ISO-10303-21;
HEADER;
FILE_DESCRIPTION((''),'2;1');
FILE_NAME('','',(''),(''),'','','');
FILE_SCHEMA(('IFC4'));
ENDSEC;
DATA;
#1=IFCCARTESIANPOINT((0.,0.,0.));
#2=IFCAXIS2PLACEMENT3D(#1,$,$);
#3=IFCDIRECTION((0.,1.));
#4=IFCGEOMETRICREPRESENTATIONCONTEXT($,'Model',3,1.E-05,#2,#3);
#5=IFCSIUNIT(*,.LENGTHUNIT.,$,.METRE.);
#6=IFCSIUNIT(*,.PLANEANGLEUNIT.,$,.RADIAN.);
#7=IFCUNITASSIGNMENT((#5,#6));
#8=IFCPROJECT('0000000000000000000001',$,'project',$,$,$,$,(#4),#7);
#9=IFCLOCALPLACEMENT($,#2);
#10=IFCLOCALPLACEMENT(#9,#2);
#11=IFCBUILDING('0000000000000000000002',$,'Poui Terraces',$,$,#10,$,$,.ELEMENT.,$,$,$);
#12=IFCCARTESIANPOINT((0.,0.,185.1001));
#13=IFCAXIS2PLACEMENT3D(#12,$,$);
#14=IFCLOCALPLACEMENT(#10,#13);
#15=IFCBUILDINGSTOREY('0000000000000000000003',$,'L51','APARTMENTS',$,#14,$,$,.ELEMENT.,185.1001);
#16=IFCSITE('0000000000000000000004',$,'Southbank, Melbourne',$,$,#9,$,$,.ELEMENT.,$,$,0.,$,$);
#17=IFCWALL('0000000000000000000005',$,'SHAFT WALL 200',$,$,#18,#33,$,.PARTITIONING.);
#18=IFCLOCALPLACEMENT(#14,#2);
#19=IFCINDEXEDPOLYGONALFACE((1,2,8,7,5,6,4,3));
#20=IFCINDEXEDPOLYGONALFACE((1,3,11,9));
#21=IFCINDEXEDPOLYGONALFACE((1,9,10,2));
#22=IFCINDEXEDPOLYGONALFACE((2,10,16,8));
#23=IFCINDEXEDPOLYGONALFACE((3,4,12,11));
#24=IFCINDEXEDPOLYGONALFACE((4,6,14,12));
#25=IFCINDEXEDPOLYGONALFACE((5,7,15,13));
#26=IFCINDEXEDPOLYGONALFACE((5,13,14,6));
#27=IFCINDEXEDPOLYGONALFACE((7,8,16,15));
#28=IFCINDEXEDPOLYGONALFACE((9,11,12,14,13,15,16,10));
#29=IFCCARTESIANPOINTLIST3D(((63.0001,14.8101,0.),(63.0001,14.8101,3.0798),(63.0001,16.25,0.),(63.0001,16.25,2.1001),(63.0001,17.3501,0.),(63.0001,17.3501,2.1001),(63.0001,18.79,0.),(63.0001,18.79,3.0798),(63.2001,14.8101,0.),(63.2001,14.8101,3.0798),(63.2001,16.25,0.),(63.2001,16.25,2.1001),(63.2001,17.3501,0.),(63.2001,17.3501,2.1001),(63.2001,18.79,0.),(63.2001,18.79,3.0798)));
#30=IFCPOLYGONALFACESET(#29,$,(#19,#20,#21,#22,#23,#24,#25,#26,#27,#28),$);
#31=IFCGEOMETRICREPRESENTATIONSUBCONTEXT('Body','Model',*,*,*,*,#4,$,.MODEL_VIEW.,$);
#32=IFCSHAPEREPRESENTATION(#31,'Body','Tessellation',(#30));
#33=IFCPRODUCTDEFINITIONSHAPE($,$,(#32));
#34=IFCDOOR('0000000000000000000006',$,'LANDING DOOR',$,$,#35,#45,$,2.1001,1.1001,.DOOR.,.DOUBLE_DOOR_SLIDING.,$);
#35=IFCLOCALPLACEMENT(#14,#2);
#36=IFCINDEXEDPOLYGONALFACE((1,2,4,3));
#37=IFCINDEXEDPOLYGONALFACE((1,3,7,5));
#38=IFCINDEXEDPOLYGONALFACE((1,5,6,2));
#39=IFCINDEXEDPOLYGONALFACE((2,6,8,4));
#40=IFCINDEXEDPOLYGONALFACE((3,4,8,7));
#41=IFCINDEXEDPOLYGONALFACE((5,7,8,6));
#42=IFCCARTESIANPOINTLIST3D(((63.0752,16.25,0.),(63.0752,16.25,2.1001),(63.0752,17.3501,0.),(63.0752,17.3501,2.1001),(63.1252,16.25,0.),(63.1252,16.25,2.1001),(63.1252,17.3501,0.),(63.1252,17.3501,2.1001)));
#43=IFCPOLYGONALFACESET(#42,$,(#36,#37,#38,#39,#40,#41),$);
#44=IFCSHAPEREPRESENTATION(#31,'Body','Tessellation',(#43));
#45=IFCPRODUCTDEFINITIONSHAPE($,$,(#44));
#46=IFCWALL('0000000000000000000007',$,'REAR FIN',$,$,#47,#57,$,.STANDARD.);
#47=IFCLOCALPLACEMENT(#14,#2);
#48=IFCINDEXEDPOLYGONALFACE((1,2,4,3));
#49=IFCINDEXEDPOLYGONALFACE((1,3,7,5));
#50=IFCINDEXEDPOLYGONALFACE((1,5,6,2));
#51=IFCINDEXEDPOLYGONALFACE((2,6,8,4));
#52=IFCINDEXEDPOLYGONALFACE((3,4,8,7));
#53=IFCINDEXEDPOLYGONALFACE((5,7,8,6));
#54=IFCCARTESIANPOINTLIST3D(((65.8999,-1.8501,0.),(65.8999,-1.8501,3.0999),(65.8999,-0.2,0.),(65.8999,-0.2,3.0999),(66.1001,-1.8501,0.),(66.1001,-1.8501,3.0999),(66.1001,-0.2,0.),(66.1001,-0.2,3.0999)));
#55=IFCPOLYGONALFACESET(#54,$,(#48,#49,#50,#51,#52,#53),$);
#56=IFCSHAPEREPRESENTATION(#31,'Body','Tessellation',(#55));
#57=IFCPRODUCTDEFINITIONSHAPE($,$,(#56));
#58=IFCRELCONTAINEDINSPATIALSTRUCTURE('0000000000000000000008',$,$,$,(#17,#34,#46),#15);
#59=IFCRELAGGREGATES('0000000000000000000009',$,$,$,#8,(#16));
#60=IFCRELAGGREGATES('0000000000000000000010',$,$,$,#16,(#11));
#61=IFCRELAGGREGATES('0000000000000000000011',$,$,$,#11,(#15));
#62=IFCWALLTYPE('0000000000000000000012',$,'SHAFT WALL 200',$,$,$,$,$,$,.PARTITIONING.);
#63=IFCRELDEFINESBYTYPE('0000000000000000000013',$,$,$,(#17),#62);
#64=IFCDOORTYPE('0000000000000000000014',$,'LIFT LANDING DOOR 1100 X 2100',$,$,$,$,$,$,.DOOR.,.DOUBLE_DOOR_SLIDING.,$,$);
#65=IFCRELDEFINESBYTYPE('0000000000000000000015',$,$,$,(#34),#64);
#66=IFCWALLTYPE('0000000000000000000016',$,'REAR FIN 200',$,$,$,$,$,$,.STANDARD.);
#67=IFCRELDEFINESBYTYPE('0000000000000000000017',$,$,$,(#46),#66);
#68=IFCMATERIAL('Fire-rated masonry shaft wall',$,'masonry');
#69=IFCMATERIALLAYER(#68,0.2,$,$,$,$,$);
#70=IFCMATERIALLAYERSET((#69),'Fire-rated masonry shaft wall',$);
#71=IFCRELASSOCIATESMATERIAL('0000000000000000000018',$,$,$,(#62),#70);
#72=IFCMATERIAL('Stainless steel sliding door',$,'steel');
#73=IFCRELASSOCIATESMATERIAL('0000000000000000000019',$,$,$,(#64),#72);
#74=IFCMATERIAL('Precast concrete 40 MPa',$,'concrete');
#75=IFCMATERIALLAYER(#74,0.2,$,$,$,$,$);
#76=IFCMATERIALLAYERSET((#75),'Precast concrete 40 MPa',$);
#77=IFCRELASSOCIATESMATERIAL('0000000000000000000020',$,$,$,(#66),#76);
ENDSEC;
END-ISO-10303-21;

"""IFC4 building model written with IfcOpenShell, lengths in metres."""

from ifc_helpers import new_model, si_unit, direction, frame, frame_2d, origin, place, context, subcontext, project, spatial, polyline, rectangle, outline, extrude, source, transform, mapped, material, layer, layer_set, type_object, element, fill, save


model = new_model("IFC4")

# Units and contexts
model_context = context("Model", 3, precision=1e-05, world=origin(), true_north=direction((0.0, 1.0)))
body_context = subcontext(model_context, "Body", "Model", "MODEL_VIEW")
ifc_project = project(units=[si_unit("LENGTHUNIT", "METRE"), si_unit("PLANEANGLEUNIT", "RADIAN")], contexts=[model_context])

# Site, building, storey
site_placement = place(None, origin())
site = spatial("IfcSite", under=ifc_project, at=site_placement, Name="Southbank, Melbourne", CompositionType="ELEMENT", RefElevation=0.0)
building_placement = place(site_placement, origin())
building = spatial("IfcBuilding", under=site, at=building_placement, Name="Poui Terraces", CompositionType="ELEMENT")
storey_placement = place(building_placement, frame((0.0, 0.0, 185.1001)))
storey = spatial("IfcBuildingStorey", under=building, at=storey_placement, Name="L51", Description="APARTMENTS", CompositionType="ELEMENT", Elevation=185.1001)

# Shared definitions
ifc_material_1 = material(Name="Precast concrete 40 MPa", Category="concrete")

# Shared definitions
ifc_material_2 = material(Name="Fire-rated masonry shaft wall", Category="masonry")
ifc_layer_1 = layer(ifc_material_2, 0.2)
ifc_layer_set_1 = layer_set([ifc_layer_1], Name="Fire-rated masonry shaft wall")
wall_type_1 = type_object("IfcWallType", Name="SHAFT WALL 200", PredefinedType="PARTITIONING", material=ifc_layer_set_1)

# Wall, opening, door
wall_1_placement = place(storey_placement, frame((63.1001, 14.8101, 0.0), z_axis=(0.0, 0.0, 1.0), x_axis=(0.0, 1.0, 0.0)))
wall_1 = element("IfcWall", 1, at=wall_1_placement, inside=storey, type_object=wall_type_1, Name="SHAFT WALL 200", PredefinedType="PARTITIONING", context=body_context, shape_type="SweptSolid", body=[
    extrude(rectangle(XDim=3.98, YDim=0.2, at=frame_2d((1.99, 0.0))), origin(), (0.0, 0.0, 1.0), 3.0798),
])
opening_1_placement = place(wall_1_placement, frame((1.4399, 0.0, 0.0)))
opening_1 = element("IfcOpeningElement", 2, at=opening_1_placement, cuts=wall_1, PredefinedType="OPENING", context=body_context, shape_type="SweptSolid", body=[
    extrude(rectangle(XDim=1.1001, YDim=2.1001, at=frame_2d((0.55, 1.05))), frame((0.0, 0.1099, 0.0), z_axis=(0.0, -1.0, 0.0), x_axis=(1.0, 0.0, 0.0)), (0.0, 0.0, 1.0), 0.22),
])
ifc_material_3 = material(Name="Stainless steel sliding door", Category="steel")
door_type_1 = type_object("IfcDoorType", Name="LIFT LANDING DOOR 1100 X 2100", OperationType="DOUBLE_DOOR_SLIDING", PredefinedType="DOOR", material=ifc_material_3)
door_1_placement = place(opening_1_placement, origin())
door_1 = element("IfcDoor", 3, at=door_1_placement, inside=storey, type_object=door_type_1, Name="LANDING DOOR", OperationType="DOUBLE_DOOR_SLIDING", OverallHeight=2.1001, OverallWidth=1.1001, PredefinedType="DOOR", context=body_context, shape_type="SweptSolid", body=[
    extrude(rectangle(XDim=1.1001, YDim=2.1001, at=frame_2d((0.55, 1.05))), frame((0.0, 0.0249, 0.0), z_axis=(0.0, -1.0, 0.0), x_axis=(1.0, 0.0, 0.0)), (0.0, 0.0, 1.0), 0.05),
])
fill(opening_1, door_1)

# Wall
ifc_layer_2 = layer(ifc_material_1, 0.2)
ifc_layer_set_2 = layer_set([ifc_layer_2], Name="Precast concrete 40 MPa")
wall_type_2 = type_object("IfcWallType", Name="REAR FIN 200", PredefinedType="STANDARD", material=ifc_layer_set_2)
shared_shape_1 = source(origin(), body_context, "Body", "SweptSolid", [
    extrude(outline(polyline([(0.0, 0.0), (0.2002, 0.0), (0.2002, 1.6501), (0.0, 1.6501), (0.0, 0.0)])), origin(), (0.0, 0.0, 1.0), 3.0999),
])
wall_2_placement = place(storey_placement, frame((65.8999, -1.8501, 0.0)))
element("IfcWall", 4, at=wall_2_placement, inside=storey, type_object=wall_type_2, Name="REAR FIN", PredefinedType="STANDARD", context=body_context, shape_type="MappedRepresentation", body=[
    mapped(shared_shape_1, transform((0.0, 0.0, 0.0))),
])

save(model, "model.ifc")
